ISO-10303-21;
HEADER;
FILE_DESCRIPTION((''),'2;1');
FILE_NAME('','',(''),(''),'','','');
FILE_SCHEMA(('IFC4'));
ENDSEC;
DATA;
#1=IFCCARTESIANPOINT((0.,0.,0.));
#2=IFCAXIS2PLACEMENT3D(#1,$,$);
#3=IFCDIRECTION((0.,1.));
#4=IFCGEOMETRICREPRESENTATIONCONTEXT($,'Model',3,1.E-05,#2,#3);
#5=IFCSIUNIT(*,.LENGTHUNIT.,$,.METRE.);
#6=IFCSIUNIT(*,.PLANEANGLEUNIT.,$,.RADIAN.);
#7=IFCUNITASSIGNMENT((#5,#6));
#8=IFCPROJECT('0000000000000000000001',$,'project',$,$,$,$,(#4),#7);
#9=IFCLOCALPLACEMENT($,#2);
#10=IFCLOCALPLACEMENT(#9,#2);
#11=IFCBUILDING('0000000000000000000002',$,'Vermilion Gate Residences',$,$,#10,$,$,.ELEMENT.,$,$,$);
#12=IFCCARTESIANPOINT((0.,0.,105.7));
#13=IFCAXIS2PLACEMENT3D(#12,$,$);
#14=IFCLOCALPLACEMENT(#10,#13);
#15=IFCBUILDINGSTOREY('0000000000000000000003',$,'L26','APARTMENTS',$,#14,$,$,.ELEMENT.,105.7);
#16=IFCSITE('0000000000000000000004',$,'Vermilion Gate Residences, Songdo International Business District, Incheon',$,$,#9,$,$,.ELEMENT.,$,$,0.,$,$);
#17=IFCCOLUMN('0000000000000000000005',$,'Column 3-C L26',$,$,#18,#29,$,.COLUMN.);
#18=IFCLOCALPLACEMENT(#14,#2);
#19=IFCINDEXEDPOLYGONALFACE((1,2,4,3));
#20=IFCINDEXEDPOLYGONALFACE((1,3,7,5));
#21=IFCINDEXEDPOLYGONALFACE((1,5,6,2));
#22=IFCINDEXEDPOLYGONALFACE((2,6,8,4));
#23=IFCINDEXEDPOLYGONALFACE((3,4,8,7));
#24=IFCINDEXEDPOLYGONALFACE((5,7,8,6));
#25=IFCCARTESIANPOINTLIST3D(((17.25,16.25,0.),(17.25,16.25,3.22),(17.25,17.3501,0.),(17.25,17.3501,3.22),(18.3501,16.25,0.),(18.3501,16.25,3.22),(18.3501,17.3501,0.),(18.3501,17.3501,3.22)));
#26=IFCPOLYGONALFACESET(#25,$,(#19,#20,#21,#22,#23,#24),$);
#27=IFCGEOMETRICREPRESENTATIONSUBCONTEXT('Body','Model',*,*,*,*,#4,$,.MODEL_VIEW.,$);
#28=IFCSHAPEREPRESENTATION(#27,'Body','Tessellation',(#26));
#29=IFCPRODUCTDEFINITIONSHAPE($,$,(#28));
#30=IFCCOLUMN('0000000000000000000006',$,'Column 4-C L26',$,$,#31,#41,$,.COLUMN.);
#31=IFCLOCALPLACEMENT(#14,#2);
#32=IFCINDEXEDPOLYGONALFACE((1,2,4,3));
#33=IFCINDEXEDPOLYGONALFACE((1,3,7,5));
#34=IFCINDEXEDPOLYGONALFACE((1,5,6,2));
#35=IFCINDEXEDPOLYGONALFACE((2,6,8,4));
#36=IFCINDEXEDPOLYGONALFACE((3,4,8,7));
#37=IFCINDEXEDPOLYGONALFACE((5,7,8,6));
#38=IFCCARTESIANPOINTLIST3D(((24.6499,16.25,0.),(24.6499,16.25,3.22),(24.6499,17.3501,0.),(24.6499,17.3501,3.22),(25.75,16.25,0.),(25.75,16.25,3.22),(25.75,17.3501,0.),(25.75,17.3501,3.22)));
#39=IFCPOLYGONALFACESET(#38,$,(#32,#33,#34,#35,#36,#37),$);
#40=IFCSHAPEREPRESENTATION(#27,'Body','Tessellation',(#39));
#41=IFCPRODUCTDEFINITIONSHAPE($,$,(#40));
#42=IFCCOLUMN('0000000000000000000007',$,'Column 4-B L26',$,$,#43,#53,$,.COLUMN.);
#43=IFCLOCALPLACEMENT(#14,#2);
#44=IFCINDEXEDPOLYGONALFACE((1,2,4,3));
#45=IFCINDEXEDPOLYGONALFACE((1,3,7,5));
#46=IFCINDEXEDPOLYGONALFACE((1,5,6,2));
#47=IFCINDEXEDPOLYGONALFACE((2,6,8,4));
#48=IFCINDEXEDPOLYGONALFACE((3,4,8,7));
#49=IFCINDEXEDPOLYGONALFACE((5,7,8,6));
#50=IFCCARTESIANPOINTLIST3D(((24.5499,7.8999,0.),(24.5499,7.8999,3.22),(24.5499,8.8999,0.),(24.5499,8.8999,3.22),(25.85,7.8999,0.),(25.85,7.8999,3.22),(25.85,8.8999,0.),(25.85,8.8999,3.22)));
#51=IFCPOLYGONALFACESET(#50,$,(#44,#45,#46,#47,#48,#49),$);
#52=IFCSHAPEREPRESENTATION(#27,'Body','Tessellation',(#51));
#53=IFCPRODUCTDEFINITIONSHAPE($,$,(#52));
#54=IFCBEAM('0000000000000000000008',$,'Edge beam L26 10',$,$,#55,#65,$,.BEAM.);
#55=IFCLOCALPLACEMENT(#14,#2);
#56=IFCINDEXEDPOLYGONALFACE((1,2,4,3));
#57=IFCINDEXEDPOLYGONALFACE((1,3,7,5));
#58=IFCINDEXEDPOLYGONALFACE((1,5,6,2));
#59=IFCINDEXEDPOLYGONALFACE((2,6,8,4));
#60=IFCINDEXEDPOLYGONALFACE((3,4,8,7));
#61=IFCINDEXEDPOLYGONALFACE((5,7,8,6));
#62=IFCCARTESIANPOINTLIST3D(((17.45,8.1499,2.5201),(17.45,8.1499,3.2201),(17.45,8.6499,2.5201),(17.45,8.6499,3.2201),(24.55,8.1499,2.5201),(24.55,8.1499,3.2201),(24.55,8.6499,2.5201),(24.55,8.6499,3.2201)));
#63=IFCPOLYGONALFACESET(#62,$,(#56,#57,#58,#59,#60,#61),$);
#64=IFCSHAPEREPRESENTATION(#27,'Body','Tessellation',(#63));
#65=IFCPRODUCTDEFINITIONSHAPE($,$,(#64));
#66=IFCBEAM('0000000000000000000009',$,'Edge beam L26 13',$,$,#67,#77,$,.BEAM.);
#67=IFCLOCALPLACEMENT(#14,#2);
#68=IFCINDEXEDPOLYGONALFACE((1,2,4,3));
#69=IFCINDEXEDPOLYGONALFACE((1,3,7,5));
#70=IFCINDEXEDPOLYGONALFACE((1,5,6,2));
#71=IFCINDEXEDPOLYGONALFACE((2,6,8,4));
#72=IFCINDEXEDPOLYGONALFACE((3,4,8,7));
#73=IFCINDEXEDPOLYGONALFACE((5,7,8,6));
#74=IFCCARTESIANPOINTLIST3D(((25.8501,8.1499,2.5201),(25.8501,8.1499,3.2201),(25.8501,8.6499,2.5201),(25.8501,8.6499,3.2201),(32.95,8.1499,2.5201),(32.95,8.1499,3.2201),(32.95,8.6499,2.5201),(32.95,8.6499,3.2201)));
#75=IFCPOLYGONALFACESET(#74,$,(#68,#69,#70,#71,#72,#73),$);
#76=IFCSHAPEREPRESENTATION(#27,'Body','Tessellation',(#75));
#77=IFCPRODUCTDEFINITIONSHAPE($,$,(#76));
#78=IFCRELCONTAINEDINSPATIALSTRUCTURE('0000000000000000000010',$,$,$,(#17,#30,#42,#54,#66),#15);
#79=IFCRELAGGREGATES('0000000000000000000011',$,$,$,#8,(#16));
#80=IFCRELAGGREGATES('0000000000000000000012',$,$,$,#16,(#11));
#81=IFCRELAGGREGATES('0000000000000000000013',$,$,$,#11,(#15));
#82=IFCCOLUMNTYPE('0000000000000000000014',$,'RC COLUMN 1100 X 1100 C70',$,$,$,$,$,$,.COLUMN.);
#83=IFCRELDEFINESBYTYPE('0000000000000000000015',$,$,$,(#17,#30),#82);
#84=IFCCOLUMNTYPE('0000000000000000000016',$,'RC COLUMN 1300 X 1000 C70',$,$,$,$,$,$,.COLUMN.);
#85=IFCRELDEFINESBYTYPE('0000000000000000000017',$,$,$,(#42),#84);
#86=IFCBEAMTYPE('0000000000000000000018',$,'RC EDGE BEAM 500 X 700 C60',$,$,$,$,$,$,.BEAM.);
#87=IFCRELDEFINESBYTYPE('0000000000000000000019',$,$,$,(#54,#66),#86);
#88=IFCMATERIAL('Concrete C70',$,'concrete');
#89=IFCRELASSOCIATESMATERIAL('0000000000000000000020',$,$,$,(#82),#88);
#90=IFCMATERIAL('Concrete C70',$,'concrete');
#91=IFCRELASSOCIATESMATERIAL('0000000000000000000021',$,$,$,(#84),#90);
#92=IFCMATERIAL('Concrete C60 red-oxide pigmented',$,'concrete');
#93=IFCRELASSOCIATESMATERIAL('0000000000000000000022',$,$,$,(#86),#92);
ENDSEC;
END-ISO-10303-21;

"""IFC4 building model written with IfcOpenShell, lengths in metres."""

from ifc_helpers import new_model, si_unit, direction, frame, origin, origin_2d, place, context, subcontext, project, spatial, rectangle, extrude, material, material_profile, profile_set, type_object, element, save


model = new_model("IFC4")

# Units and contexts
model_context = context("Model", 3, precision=1e-05, world=origin(), true_north=direction((0.0, 1.0)))
body_context = subcontext(model_context, "Body", "Model", "MODEL_VIEW")
ifc_project = project(units=[si_unit("LENGTHUNIT", "METRE"), si_unit("PLANEANGLEUNIT", "RADIAN")], contexts=[model_context])

# Site, building, storey
site_placement = place(None, origin())
site = spatial("IfcSite", under=ifc_project, at=site_placement, Name="Vermilion Gate Residences, Songdo International Business District, Incheon", CompositionType="ELEMENT", RefElevation=0.0)
building_placement = place(site_placement, origin())
building = spatial("IfcBuilding", under=site, at=building_placement, Name="Vermilion Gate Residences", CompositionType="ELEMENT")
storey_placement = place(building_placement, frame((0.0, 0.0, 105.7)))
storey = spatial("IfcBuildingStorey", under=building, at=storey_placement, Name="L26", Description="APARTMENTS", CompositionType="ELEMENT", Elevation=105.7)

# Columns
ifc_material_1 = material(Name="Concrete C70", Category="concrete")
ifc_material_profile_1 = material_profile(ifc_material_1, rectangle(XDim=1.1001, YDim=1.1001, at=origin_2d()), Name="RC-1100x1100")
ifc_profile_set_1 = profile_set([ifc_material_profile_1], Name="Concrete C70")
column_type_1 = type_object("IfcColumnType", Name="RC COLUMN 1100 X 1100 C70", PredefinedType="COLUMN", material=ifc_profile_set_1)
for number, where, z_axis, x_axis, name in (
    (1, (17.8, 16.8, 0.0), (0.0, 0.0, 1.0), (1.0, 0.0, 0.0), "Column 3-C L26"),
    (2, (25.2, 16.8, 0.0), (0.0, 0.0, 1.0), (1.0, 0.0, 0.0), "Column 4-C L26"),
):
    element("IfcColumn", number, at=place(storey_placement, frame(where, z_axis=z_axis, x_axis=x_axis)), inside=storey, type_object=column_type_1, Name=name, PredefinedType="COLUMN", context=body_context, shape_type="SweptSolid", body=[
        extrude(rectangle(XDim=1.1001, YDim=1.1001, at=origin_2d()), origin(), (0.0, 0.0, 1.0), 3.22),
    ])
ifc_material_2 = material(Name="Concrete C70", Category="concrete")
ifc_material_profile_2 = material_profile(ifc_material_2, rectangle(XDim=1.3, YDim=1.0, at=origin_2d()), Name="RC-1300x1000")
ifc_profile_set_2 = profile_set([ifc_material_profile_2], Name="Concrete C70")
column_type_2 = type_object("IfcColumnType", Name="RC COLUMN 1300 X 1000 C70", PredefinedType="COLUMN", material=ifc_profile_set_2)
column_placement = place(storey_placement, frame((25.2, 8.3999, 0.0), z_axis=(0.0, 0.0, 1.0), x_axis=(1.0, 0.0, 0.0)))
element("IfcColumn", 3, at=column_placement, inside=storey, type_object=column_type_2, Name="Column 4-B L26", PredefinedType="COLUMN", context=body_context, shape_type="SweptSolid", body=[
    extrude(rectangle(XDim=1.3, YDim=1.0, at=origin_2d()), origin(), (0.0, 0.0, 1.0), 3.22),
])

# Beams
ifc_material_3 = material(Name="Concrete C60 red-oxide pigmented", Category="concrete")
ifc_material_profile_3 = material_profile(ifc_material_3, rectangle(XDim=0.5, YDim=0.7, at=origin_2d()), Name="RC-500x700")
ifc_profile_set_3 = profile_set([ifc_material_profile_3], Name="Concrete C60 red-oxide pigmented")
beam_type = type_object("IfcBeamType", Name="RC EDGE BEAM 500 X 700 C60", PredefinedType="BEAM", material=ifc_profile_set_3)
beam_1_placement = place(storey_placement, frame((17.45, 8.3999, 2.8701), z_axis=(1.0, 0.0, 0.0), x_axis=(0.0, 1.0, 0.0)))
element("IfcBeam", 4, at=beam_1_placement, inside=storey, type_object=beam_type, Name="Edge beam L26 10", PredefinedType="BEAM", context=body_context, shape_type="SweptSolid", body=[
    extrude(rectangle(XDim=0.5, YDim=0.7, at=origin_2d()), origin(), (0.0, 0.0, 1.0), 7.1001),
])
beam_2_placement = place(storey_placement, frame((25.8501, 8.3999, 2.8701), z_axis=(1.0, 0.0, 0.0), x_axis=(0.0, 1.0, 0.0)))
element("IfcBeam", 5, at=beam_2_placement, inside=storey, type_object=beam_type, Name="Edge beam L26 13", PredefinedType="BEAM", context=body_context, shape_type="SweptSolid", body=[
    extrude(rectangle(XDim=0.5, YDim=0.7, at=origin_2d()), origin(), (0.0, 0.0, 1.0), 7.0999),
])

save(model, "model.ifc")
